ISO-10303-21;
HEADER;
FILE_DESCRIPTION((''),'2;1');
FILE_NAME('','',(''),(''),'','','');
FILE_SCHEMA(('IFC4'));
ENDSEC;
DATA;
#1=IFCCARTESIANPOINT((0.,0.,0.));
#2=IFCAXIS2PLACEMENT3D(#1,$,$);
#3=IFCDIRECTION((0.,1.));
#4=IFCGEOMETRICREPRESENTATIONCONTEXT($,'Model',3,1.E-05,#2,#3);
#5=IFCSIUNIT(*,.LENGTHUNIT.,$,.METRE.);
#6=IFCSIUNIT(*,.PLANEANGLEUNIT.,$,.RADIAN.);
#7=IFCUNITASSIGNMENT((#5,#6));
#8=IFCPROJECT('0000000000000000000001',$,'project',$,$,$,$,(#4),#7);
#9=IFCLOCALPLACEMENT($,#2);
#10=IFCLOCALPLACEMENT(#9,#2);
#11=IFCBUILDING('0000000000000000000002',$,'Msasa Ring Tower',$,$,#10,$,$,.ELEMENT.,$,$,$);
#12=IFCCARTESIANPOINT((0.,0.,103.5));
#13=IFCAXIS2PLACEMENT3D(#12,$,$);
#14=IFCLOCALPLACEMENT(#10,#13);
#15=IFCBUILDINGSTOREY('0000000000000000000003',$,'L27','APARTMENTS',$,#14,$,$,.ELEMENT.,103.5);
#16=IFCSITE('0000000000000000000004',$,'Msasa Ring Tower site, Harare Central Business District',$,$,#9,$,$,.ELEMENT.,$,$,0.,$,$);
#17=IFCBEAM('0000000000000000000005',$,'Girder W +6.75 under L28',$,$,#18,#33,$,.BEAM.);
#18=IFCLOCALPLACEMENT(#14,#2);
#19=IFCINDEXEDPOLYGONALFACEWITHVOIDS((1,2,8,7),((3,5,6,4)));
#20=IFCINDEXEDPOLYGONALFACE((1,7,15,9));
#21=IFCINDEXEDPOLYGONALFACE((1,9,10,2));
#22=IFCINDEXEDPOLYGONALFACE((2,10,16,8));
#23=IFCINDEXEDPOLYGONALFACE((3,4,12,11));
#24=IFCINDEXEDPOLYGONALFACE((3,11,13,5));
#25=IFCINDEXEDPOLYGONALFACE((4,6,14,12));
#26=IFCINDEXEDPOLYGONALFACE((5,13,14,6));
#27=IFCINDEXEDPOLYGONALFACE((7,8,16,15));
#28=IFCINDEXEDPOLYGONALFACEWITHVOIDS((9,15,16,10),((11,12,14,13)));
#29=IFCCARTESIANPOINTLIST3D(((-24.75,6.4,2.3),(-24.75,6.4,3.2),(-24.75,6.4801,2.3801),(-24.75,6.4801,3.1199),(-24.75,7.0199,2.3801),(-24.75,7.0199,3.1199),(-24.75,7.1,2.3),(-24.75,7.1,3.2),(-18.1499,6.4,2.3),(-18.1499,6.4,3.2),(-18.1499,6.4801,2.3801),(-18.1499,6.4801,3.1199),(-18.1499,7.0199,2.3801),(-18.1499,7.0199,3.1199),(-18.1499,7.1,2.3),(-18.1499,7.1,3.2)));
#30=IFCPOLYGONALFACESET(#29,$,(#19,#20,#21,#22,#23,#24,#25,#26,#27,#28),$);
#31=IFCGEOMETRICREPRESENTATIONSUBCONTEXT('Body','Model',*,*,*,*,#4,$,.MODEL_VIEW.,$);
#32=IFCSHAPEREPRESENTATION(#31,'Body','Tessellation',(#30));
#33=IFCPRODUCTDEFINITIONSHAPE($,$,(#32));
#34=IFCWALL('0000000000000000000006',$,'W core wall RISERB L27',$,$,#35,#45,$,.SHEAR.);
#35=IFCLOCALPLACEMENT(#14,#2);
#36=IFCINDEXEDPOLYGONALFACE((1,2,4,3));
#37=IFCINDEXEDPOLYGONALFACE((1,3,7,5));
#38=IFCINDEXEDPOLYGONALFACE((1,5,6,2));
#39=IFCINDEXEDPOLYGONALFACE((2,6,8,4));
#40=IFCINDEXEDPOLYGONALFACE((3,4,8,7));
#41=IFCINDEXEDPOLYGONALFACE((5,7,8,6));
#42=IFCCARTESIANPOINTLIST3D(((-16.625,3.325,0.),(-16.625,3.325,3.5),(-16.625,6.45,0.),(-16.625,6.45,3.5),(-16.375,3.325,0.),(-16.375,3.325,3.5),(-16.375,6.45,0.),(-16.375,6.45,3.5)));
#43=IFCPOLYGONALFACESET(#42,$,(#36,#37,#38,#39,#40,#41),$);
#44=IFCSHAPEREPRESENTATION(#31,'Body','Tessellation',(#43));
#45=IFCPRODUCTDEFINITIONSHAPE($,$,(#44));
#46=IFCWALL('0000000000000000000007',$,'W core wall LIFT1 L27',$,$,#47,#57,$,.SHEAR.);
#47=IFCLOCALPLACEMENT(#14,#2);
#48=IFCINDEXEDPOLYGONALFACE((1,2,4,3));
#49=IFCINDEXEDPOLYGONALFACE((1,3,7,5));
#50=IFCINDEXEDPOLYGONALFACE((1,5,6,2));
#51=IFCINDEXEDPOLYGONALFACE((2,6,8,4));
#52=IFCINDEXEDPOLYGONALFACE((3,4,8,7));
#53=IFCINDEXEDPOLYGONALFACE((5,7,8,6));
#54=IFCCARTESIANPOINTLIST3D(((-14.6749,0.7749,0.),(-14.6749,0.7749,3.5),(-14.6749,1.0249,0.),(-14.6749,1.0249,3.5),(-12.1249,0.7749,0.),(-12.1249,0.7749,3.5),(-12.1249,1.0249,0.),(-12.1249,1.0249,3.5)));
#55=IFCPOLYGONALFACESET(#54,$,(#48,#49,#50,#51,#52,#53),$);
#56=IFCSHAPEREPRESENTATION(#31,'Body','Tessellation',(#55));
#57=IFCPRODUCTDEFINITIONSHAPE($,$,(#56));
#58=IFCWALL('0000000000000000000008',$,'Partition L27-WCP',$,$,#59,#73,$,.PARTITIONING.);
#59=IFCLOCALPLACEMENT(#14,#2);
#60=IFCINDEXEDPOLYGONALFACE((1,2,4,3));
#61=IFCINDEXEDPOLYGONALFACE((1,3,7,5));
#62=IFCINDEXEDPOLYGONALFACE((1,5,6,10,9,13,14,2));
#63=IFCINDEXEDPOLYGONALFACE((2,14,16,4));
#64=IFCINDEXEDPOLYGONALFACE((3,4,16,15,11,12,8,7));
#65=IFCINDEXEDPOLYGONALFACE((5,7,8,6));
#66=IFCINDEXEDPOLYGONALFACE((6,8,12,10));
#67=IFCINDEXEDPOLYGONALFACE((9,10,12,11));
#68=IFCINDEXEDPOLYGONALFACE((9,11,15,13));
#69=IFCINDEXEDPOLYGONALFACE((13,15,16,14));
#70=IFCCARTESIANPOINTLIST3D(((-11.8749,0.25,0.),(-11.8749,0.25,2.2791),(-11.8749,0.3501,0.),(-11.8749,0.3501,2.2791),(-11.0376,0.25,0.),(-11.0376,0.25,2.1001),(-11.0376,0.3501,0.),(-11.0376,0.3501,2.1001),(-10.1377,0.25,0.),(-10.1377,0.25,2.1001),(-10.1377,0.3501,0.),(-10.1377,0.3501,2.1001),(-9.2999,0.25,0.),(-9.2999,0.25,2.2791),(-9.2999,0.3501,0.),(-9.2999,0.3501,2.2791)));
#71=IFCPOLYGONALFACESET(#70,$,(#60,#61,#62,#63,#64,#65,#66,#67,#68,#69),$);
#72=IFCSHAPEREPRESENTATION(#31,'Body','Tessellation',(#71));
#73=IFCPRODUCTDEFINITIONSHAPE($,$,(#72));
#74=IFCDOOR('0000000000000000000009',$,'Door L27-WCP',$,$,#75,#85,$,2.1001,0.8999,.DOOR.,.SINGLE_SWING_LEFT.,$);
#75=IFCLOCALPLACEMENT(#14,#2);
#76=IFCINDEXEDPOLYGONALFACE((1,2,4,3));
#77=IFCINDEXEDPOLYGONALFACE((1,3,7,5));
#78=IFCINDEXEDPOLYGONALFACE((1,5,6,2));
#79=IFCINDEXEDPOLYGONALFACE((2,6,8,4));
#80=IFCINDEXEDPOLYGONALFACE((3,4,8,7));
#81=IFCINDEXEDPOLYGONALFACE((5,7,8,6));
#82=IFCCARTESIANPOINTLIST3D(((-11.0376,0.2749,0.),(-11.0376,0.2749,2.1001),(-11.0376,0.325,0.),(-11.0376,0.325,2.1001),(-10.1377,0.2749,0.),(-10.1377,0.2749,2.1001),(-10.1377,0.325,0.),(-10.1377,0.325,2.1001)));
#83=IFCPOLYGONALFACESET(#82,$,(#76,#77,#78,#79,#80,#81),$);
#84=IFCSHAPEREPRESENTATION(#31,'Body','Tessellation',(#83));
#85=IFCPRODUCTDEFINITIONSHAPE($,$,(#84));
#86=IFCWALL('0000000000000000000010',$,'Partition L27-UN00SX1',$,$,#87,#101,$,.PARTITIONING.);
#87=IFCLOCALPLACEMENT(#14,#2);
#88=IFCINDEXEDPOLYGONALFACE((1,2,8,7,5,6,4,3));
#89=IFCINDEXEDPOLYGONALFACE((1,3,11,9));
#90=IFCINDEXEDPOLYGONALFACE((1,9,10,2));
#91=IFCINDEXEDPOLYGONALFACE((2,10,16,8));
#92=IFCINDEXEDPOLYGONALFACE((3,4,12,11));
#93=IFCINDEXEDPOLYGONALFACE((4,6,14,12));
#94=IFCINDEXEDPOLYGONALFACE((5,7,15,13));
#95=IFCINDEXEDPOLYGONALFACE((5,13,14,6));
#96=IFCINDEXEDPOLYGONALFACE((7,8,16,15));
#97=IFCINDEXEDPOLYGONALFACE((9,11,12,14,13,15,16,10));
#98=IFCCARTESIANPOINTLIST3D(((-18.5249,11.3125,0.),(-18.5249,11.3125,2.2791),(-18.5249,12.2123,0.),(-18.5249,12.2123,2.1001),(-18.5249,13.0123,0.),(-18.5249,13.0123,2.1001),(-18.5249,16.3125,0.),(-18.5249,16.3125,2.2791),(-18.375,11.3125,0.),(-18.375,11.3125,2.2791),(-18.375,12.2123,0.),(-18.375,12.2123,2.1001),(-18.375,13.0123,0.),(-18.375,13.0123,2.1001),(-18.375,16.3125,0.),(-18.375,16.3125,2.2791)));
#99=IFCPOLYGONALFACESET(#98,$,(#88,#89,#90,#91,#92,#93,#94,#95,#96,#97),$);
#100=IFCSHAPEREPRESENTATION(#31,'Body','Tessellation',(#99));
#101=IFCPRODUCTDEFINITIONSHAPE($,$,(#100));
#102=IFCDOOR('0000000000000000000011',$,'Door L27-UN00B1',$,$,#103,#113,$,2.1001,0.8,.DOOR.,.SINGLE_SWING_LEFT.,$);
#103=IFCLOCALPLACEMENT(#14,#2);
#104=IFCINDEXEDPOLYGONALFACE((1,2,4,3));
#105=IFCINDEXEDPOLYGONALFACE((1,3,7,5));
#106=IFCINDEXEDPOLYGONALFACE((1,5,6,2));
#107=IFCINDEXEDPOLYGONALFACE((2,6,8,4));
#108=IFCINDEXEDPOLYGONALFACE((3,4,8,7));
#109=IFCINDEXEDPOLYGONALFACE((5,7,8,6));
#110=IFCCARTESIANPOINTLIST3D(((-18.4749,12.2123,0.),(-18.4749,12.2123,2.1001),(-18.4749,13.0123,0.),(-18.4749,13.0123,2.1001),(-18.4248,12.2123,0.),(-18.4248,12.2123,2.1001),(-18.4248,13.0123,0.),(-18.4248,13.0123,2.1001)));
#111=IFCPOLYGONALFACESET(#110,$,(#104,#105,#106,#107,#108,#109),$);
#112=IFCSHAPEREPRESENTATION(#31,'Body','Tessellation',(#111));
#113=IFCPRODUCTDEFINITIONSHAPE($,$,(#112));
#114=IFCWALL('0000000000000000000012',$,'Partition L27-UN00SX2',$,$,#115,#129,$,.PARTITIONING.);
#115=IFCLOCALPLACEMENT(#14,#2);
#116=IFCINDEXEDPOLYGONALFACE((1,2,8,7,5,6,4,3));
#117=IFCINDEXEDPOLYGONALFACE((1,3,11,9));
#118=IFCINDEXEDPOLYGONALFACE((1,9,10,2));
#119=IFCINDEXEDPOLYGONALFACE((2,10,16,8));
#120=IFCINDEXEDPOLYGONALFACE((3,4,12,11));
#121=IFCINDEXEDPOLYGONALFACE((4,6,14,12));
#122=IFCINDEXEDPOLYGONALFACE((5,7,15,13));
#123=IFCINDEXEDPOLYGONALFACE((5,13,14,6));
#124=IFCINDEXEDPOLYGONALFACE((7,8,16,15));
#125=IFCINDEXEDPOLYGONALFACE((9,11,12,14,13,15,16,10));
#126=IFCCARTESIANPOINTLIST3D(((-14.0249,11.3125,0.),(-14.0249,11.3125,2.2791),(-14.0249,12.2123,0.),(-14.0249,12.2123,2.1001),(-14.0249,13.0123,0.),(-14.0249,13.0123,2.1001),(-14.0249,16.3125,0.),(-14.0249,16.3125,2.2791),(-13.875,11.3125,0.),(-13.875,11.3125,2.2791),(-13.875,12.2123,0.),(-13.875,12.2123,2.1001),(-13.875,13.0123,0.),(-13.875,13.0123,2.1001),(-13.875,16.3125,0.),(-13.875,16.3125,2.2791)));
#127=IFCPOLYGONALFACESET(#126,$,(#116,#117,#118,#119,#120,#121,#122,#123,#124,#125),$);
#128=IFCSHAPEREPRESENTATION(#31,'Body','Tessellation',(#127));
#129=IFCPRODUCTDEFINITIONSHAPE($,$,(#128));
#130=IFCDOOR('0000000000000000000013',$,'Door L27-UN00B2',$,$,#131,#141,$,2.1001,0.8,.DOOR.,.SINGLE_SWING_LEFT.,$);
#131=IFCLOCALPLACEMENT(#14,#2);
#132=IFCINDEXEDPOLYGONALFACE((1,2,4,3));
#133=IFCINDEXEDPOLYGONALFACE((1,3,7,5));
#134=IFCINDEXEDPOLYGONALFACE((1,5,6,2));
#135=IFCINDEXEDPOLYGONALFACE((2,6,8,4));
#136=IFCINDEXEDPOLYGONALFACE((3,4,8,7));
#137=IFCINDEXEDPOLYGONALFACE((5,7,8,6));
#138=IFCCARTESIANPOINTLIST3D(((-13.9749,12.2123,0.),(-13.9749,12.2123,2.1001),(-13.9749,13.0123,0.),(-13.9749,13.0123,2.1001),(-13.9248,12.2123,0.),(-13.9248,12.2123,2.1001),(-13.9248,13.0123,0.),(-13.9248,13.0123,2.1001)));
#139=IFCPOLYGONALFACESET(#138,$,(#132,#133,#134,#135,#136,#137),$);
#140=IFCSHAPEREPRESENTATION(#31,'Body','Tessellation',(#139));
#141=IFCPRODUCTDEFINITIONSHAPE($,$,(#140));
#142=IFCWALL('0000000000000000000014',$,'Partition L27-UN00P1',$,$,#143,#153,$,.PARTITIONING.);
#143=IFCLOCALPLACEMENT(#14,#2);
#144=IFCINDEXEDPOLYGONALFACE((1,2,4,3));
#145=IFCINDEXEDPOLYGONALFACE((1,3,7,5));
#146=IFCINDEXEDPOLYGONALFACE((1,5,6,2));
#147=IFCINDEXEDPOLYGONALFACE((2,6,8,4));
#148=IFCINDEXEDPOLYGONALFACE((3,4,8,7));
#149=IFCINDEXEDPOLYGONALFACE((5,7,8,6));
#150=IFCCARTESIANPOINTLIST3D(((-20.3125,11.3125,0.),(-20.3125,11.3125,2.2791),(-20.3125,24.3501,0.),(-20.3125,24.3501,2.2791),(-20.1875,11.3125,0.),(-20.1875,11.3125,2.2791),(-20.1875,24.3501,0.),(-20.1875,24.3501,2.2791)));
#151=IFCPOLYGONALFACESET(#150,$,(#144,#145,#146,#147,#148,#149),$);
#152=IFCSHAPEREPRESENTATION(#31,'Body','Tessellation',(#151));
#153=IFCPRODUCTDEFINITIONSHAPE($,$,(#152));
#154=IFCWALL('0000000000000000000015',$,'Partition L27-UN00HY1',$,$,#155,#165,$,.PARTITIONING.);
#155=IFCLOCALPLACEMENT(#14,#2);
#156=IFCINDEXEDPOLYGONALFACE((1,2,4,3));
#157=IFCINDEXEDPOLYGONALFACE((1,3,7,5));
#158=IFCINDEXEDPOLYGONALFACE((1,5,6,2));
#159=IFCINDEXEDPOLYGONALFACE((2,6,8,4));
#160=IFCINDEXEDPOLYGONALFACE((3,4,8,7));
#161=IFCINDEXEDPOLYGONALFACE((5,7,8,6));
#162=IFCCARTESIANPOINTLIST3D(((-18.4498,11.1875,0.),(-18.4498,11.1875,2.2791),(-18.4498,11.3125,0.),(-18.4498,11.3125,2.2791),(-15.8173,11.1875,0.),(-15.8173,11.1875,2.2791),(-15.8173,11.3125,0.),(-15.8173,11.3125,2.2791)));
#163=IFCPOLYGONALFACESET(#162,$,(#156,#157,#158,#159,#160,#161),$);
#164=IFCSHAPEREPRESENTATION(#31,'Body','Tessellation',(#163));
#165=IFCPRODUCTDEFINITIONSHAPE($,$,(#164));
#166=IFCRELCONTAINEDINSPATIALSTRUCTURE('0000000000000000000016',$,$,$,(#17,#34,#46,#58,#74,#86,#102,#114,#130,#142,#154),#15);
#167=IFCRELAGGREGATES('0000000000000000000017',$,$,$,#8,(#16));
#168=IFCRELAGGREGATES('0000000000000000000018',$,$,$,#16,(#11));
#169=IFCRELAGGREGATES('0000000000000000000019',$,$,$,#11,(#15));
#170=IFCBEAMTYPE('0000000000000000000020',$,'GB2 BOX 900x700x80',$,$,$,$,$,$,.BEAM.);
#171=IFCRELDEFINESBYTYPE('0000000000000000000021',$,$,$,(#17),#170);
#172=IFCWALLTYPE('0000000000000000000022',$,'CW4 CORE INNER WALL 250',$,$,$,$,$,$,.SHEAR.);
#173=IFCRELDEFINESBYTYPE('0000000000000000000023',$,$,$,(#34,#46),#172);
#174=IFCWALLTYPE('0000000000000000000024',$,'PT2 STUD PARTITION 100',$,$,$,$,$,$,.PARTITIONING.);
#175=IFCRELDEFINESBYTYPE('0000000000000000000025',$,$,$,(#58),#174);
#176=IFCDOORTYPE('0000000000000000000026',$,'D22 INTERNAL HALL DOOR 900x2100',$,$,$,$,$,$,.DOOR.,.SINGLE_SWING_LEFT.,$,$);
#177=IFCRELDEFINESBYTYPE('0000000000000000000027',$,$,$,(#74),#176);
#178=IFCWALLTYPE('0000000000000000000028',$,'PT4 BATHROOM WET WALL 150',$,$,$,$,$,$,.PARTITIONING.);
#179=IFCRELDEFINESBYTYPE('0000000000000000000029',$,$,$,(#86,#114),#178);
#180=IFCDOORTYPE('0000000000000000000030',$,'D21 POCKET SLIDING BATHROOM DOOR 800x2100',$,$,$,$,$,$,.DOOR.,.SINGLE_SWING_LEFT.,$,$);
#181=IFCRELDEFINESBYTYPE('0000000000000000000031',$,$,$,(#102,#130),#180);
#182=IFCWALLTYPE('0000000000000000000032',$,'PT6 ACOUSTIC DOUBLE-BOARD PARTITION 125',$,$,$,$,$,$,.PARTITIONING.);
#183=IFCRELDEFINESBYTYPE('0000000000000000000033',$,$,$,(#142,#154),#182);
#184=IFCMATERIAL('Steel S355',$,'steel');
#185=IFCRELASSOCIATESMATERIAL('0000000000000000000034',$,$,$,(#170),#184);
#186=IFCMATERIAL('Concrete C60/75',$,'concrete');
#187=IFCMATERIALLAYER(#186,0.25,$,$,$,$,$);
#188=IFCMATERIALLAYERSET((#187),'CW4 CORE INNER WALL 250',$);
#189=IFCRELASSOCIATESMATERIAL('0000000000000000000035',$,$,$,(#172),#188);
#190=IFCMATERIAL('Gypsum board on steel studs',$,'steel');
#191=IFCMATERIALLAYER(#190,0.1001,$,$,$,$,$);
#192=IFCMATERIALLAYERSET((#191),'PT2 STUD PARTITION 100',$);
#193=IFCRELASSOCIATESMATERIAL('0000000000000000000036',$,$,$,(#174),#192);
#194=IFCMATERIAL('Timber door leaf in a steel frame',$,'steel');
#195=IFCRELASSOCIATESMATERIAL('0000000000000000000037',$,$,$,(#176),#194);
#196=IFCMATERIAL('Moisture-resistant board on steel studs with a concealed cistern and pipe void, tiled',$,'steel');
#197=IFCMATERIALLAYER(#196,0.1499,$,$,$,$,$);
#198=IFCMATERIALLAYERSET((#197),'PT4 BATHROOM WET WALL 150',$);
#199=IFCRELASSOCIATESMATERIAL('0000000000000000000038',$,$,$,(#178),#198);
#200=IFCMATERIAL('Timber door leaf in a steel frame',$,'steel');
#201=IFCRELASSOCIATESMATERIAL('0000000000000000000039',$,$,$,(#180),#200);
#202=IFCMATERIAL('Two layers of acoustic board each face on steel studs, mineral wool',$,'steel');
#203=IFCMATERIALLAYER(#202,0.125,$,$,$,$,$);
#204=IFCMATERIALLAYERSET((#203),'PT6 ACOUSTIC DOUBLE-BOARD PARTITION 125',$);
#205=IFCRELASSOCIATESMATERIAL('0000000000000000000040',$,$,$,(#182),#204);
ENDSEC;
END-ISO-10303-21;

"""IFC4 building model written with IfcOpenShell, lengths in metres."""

from ifc_helpers import new_model, si_unit, direction, frame, frame_2d, origin, origin_2d, place, context, subcontext, project, spatial, rectangle, hollow_rectangle, extrude, material, layer, layer_set, material_profile, profile_set, type_object, element, fill, save


model = new_model("IFC4")

# Units and contexts
model_context = context("Model", 3, precision=1e-05, world=origin(), true_north=direction((0.0, 1.0)))
body_context = subcontext(model_context, "Body", "Model", "MODEL_VIEW")
ifc_project = project(units=[si_unit("LENGTHUNIT", "METRE"), si_unit("PLANEANGLEUNIT", "RADIAN")], contexts=[model_context])

# Site, building, storey
site_placement = place(None, origin())
site = spatial("IfcSite", under=ifc_project, at=site_placement, Name="Msasa Ring Tower site, Harare Central Business District", CompositionType="ELEMENT", RefElevation=0.0)
building_placement = place(site_placement, origin())
building = spatial("IfcBuilding", under=site, at=building_placement, Name="Msasa Ring Tower", CompositionType="ELEMENT")
storey_placement = place(building_placement, frame((0.0, 0.0, 103.5)))
storey = spatial("IfcBuildingStorey", under=building, at=storey_placement, Name="L27", Description="APARTMENTS", CompositionType="ELEMENT", Elevation=103.5)

# Beam
ifc_material_1 = material(Name="Steel S355", Category="steel")
ifc_material_profile = material_profile(ifc_material_1, hollow_rectangle(XDim=0.7, YDim=0.8999, WallThickness=0.0801, at=origin_2d()), Name="BOX 900x700x80")
ifc_profile_set = profile_set([ifc_material_profile], Name="Steel S355")
beam_type = type_object("IfcBeamType", Name="GB2 BOX 900x700x80", PredefinedType="BEAM", material=ifc_profile_set)
beam_placement = place(storey_placement, frame((-18.1499, 6.75, 2.75), z_axis=(-1.0, 0.0, 0.0), x_axis=(0.0, -1.0, 0.0)))
element("IfcBeam", 1, at=beam_placement, inside=storey, type_object=beam_type, Name="Girder W +6.75 under L28", PredefinedType="BEAM", context=body_context, shape_type="SweptSolid", body=[
    extrude(hollow_rectangle(XDim=0.7, YDim=0.8999, WallThickness=0.0801, at=origin_2d()), origin(), (0.0, 0.0, 1.0), 6.6001),
])

# Walls
ifc_material_2 = material(Name="Concrete C60/75", Category="concrete")
ifc_layer_1 = layer(ifc_material_2, 0.25)
ifc_layer_set_1 = layer_set([ifc_layer_1], Name="CW4 CORE INNER WALL 250")
wall_type_1 = type_object("IfcWallType", Name="CW4 CORE INNER WALL 250", PredefinedType="SHEAR", material=ifc_layer_set_1)
wall_1_placement = place(storey_placement, frame((-16.5, 3.325, 0.0), z_axis=(0.0, 0.0, 1.0), x_axis=(0.0, 1.0, 0.0)))
element("IfcWall", 2, at=wall_1_placement, inside=storey, type_object=wall_type_1, Name="W core wall RISERB L27", PredefinedType="SHEAR", context=body_context, shape_type="SweptSolid", body=[
    extrude(rectangle(XDim=3.125, YDim=0.25, at=frame_2d((1.5625, 0.0))), origin(), (0.0, 0.0, 1.0), 3.5),
])
wall_2_placement = place(storey_placement, frame((-12.125, 0.8999, 0.0), z_axis=(0.0, 0.0, 1.0), x_axis=(-1.0, 0.0, 0.0)))
element("IfcWall", 3, at=wall_2_placement, inside=storey, type_object=wall_type_1, Name="W core wall LIFT1 L27", PredefinedType="SHEAR", context=body_context, shape_type="SweptSolid", body=[
    extrude(rectangle(XDim=2.55, YDim=0.25, at=frame_2d((1.2749, 0.0))), origin(), (0.0, 0.0, 1.0), 3.5),
])

# Walls, openings, doors
ifc_material_3 = material(Name="Gypsum board on steel studs", Category="steel")
ifc_layer_2 = layer(ifc_material_3, 0.1001)
ifc_layer_set_2 = layer_set([ifc_layer_2], Name="PT2 STUD PARTITION 100")
wall_type_2 = type_object("IfcWallType", Name="PT2 STUD PARTITION 100", PredefinedType="PARTITIONING", material=ifc_layer_set_2)
wall_3_placement = place(storey_placement, frame((-11.875, 0.3, 0.0), z_axis=(0.0, 0.0, 1.0), x_axis=(1.0, 0.0, 0.0)))
wall_3 = element("IfcWall", 4, at=wall_3_placement, inside=storey, type_object=wall_type_2, Name="Partition L27-WCP", PredefinedType="PARTITIONING", context=body_context, shape_type="SweptSolid", body=[
    extrude(rectangle(XDim=2.575, YDim=0.1001, at=frame_2d((1.2876, 0.0))), origin(), (0.0, 0.0, 1.0), 2.2791),
])
opening_1_placement = place(wall_3_placement, frame((0.8374, 0.0, 0.0)))
opening_1 = element("IfcOpeningElement", 5, at=opening_1_placement, cuts=wall_3, PredefinedType="OPENING", context=body_context, shape_type="SweptSolid", body=[
    extrude(rectangle(XDim=0.8999, YDim=2.1001, at=frame_2d((0.45, 1.05))), frame((0.0, 0.0601, 0.0), z_axis=(0.0, -1.0, 0.0), x_axis=(1.0, 0.0, 0.0)), (0.0, 0.0, 1.0), 0.1201),
])
ifc_material_4 = material(Name="Timber door leaf in a steel frame", Category="steel")
door_type_1 = type_object("IfcDoorType", Name="D22 INTERNAL HALL DOOR 900x2100", OperationType="SINGLE_SWING_LEFT", PredefinedType="DOOR", material=ifc_material_4)
door_1_placement = place(opening_1_placement, origin())
door_1 = element("IfcDoor", 6, at=door_1_placement, inside=storey, type_object=door_type_1, Name="Door L27-WCP", OperationType="SINGLE_SWING_LEFT", OverallHeight=2.1001, OverallWidth=0.8999, PredefinedType="DOOR", context=body_context, shape_type="SweptSolid", body=[
    extrude(rectangle(XDim=0.8999, YDim=2.1001, at=frame_2d((0.45, 1.05))), frame((0.0, 0.0249, 0.0), z_axis=(0.0, -1.0, 0.0), x_axis=(1.0, 0.0, 0.0)), (0.0, 0.0, 1.0), 0.05),
])
fill(opening_1, door_1)
ifc_material_5 = material(Name="Moisture-resistant board on steel studs with a concealed cistern and pipe void, tiled", Category="steel")
ifc_layer_3 = layer(ifc_material_5, 0.1499)
ifc_layer_set_3 = layer_set([ifc_layer_3], Name="PT4 BATHROOM WET WALL 150")
wall_type_3 = type_object("IfcWallType", Name="PT4 BATHROOM WET WALL 150", PredefinedType="PARTITIONING", material=ifc_layer_set_3)
wall_4_placement = place(storey_placement, frame((-18.45, 11.3125, 0.0), z_axis=(0.0, 0.0, 1.0), x_axis=(0.0, 1.0, 0.0)))
wall_4 = element("IfcWall", 7, at=wall_4_placement, inside=storey, type_object=wall_type_3, Name="Partition L27-UN00SX1", PredefinedType="PARTITIONING", context=body_context, shape_type="SweptSolid", body=[
    extrude(rectangle(XDim=5.0, YDim=0.1499, at=frame_2d((2.5, 0.0))), origin(), (0.0, 0.0, 1.0), 2.2791),
])
opening_2_placement = place(wall_4_placement, frame((0.8999, 0.0, 0.0)))
opening_2 = element("IfcOpeningElement", 8, at=opening_2_placement, cuts=wall_4, PredefinedType="OPENING", context=body_context, shape_type="SweptSolid", body=[
    extrude(rectangle(XDim=0.8, YDim=2.1001, at=frame_2d((0.3999, 1.05))), frame((0.0, 0.085, 0.0), z_axis=(0.0, -1.0, 0.0), x_axis=(1.0, 0.0, 0.0)), (0.0, 0.0, 1.0), 0.1699),
])
ifc_material_6 = material(Name="Timber door leaf in a steel frame", Category="steel")
door_type_2 = type_object("IfcDoorType", Name="D21 POCKET SLIDING BATHROOM DOOR 800x2100", OperationType="SINGLE_SWING_LEFT", PredefinedType="DOOR", material=ifc_material_6)
door_2_placement = place(opening_2_placement, origin())
door_2 = element("IfcDoor", 9, at=door_2_placement, inside=storey, type_object=door_type_2, Name="Door L27-UN00B1", OperationType="SINGLE_SWING_LEFT", OverallHeight=2.1001, OverallWidth=0.8, PredefinedType="DOOR", context=body_context, shape_type="SweptSolid", body=[
    extrude(rectangle(XDim=0.8, YDim=2.1001, at=frame_2d((0.3999, 1.05))), frame((0.0, 0.0249, 0.0), z_axis=(0.0, -1.0, 0.0), x_axis=(1.0, 0.0, 0.0)), (0.0, 0.0, 1.0), 0.05),
])
fill(opening_2, door_2)
wall_5_placement = place(storey_placement, frame((-13.95, 11.3125, 0.0), z_axis=(0.0, 0.0, 1.0), x_axis=(0.0, 1.0, 0.0)))
wall_5 = element("IfcWall", 10, at=wall_5_placement, inside=storey, type_object=wall_type_3, Name="Partition L27-UN00SX2", PredefinedType="PARTITIONING", context=body_context, shape_type="SweptSolid", body=[
    extrude(rectangle(XDim=5.0, YDim=0.1499, at=frame_2d((2.5, 0.0))), origin(), (0.0, 0.0, 1.0), 2.2791),
])
opening_3_placement = place(wall_5_placement, frame((0.8999, 0.0, 0.0)))
opening_3 = element("IfcOpeningElement", 11, at=opening_3_placement, cuts=wall_5, PredefinedType="OPENING", context=body_context, shape_type="SweptSolid", body=[
    extrude(rectangle(XDim=0.8, YDim=2.1001, at=frame_2d((0.3999, 1.05))), frame((0.0, 0.085, 0.0), z_axis=(0.0, -1.0, 0.0), x_axis=(1.0, 0.0, 0.0)), (0.0, 0.0, 1.0), 0.1699),
])
door_3_placement = place(opening_3_placement, origin())
door_3 = element("IfcDoor", 12, at=door_3_placement, inside=storey, type_object=door_type_2, Name="Door L27-UN00B2", OperationType="SINGLE_SWING_LEFT", OverallHeight=2.1001, OverallWidth=0.8, PredefinedType="DOOR", context=body_context, shape_type="SweptSolid", body=[
    extrude(rectangle(XDim=0.8, YDim=2.1001, at=frame_2d((0.3999, 1.05))), frame((0.0, 0.0249, 0.0), z_axis=(0.0, -1.0, 0.0), x_axis=(1.0, 0.0, 0.0)), (0.0, 0.0, 1.0), 0.05),
])
fill(opening_3, door_3)

# Walls
ifc_material_7 = material(Name="Two layers of acoustic board each face on steel studs, mineral wool", Category="steel")
ifc_layer_4 = layer(ifc_material_7, 0.125)
ifc_layer_set_4 = layer_set([ifc_layer_4], Name="PT6 ACOUSTIC DOUBLE-BOARD PARTITION 125")
wall_type_4 = type_object("IfcWallType", Name="PT6 ACOUSTIC DOUBLE-BOARD PARTITION 125", PredefinedType="PARTITIONING", material=ifc_layer_set_4)
wall_6_placement = place(storey_placement, frame((-20.25, 11.3125, 0.0), z_axis=(0.0, 0.0, 1.0), x_axis=(0.0, 1.0, 0.0)))
element("IfcWall", 13, at=wall_6_placement, inside=storey, type_object=wall_type_4, Name="Partition L27-UN00P1", PredefinedType="PARTITIONING", context=body_context, shape_type="SweptSolid", body=[
    extrude(rectangle(XDim=13.0376, YDim=0.125, at=frame_2d((6.5188, 0.0))), origin(), (0.0, 0.0, 1.0), 2.2791),
])
wall_7_placement = place(storey_placement, frame((-18.45, 11.25, 0.0), z_axis=(0.0, 0.0, 1.0), x_axis=(1.0, 0.0, 0.0)))
element("IfcWall", 14, at=wall_7_placement, inside=storey, type_object=wall_type_4, Name="Partition L27-UN00HY1", PredefinedType="PARTITIONING", context=body_context, shape_type="SweptSolid", body=[
    extrude(rectangle(XDim=2.6326, YDim=0.125, at=frame_2d((1.3164, 0.0))), origin(), (0.0, 0.0, 1.0), 2.2791),
])

save(model, "model.ifc")
